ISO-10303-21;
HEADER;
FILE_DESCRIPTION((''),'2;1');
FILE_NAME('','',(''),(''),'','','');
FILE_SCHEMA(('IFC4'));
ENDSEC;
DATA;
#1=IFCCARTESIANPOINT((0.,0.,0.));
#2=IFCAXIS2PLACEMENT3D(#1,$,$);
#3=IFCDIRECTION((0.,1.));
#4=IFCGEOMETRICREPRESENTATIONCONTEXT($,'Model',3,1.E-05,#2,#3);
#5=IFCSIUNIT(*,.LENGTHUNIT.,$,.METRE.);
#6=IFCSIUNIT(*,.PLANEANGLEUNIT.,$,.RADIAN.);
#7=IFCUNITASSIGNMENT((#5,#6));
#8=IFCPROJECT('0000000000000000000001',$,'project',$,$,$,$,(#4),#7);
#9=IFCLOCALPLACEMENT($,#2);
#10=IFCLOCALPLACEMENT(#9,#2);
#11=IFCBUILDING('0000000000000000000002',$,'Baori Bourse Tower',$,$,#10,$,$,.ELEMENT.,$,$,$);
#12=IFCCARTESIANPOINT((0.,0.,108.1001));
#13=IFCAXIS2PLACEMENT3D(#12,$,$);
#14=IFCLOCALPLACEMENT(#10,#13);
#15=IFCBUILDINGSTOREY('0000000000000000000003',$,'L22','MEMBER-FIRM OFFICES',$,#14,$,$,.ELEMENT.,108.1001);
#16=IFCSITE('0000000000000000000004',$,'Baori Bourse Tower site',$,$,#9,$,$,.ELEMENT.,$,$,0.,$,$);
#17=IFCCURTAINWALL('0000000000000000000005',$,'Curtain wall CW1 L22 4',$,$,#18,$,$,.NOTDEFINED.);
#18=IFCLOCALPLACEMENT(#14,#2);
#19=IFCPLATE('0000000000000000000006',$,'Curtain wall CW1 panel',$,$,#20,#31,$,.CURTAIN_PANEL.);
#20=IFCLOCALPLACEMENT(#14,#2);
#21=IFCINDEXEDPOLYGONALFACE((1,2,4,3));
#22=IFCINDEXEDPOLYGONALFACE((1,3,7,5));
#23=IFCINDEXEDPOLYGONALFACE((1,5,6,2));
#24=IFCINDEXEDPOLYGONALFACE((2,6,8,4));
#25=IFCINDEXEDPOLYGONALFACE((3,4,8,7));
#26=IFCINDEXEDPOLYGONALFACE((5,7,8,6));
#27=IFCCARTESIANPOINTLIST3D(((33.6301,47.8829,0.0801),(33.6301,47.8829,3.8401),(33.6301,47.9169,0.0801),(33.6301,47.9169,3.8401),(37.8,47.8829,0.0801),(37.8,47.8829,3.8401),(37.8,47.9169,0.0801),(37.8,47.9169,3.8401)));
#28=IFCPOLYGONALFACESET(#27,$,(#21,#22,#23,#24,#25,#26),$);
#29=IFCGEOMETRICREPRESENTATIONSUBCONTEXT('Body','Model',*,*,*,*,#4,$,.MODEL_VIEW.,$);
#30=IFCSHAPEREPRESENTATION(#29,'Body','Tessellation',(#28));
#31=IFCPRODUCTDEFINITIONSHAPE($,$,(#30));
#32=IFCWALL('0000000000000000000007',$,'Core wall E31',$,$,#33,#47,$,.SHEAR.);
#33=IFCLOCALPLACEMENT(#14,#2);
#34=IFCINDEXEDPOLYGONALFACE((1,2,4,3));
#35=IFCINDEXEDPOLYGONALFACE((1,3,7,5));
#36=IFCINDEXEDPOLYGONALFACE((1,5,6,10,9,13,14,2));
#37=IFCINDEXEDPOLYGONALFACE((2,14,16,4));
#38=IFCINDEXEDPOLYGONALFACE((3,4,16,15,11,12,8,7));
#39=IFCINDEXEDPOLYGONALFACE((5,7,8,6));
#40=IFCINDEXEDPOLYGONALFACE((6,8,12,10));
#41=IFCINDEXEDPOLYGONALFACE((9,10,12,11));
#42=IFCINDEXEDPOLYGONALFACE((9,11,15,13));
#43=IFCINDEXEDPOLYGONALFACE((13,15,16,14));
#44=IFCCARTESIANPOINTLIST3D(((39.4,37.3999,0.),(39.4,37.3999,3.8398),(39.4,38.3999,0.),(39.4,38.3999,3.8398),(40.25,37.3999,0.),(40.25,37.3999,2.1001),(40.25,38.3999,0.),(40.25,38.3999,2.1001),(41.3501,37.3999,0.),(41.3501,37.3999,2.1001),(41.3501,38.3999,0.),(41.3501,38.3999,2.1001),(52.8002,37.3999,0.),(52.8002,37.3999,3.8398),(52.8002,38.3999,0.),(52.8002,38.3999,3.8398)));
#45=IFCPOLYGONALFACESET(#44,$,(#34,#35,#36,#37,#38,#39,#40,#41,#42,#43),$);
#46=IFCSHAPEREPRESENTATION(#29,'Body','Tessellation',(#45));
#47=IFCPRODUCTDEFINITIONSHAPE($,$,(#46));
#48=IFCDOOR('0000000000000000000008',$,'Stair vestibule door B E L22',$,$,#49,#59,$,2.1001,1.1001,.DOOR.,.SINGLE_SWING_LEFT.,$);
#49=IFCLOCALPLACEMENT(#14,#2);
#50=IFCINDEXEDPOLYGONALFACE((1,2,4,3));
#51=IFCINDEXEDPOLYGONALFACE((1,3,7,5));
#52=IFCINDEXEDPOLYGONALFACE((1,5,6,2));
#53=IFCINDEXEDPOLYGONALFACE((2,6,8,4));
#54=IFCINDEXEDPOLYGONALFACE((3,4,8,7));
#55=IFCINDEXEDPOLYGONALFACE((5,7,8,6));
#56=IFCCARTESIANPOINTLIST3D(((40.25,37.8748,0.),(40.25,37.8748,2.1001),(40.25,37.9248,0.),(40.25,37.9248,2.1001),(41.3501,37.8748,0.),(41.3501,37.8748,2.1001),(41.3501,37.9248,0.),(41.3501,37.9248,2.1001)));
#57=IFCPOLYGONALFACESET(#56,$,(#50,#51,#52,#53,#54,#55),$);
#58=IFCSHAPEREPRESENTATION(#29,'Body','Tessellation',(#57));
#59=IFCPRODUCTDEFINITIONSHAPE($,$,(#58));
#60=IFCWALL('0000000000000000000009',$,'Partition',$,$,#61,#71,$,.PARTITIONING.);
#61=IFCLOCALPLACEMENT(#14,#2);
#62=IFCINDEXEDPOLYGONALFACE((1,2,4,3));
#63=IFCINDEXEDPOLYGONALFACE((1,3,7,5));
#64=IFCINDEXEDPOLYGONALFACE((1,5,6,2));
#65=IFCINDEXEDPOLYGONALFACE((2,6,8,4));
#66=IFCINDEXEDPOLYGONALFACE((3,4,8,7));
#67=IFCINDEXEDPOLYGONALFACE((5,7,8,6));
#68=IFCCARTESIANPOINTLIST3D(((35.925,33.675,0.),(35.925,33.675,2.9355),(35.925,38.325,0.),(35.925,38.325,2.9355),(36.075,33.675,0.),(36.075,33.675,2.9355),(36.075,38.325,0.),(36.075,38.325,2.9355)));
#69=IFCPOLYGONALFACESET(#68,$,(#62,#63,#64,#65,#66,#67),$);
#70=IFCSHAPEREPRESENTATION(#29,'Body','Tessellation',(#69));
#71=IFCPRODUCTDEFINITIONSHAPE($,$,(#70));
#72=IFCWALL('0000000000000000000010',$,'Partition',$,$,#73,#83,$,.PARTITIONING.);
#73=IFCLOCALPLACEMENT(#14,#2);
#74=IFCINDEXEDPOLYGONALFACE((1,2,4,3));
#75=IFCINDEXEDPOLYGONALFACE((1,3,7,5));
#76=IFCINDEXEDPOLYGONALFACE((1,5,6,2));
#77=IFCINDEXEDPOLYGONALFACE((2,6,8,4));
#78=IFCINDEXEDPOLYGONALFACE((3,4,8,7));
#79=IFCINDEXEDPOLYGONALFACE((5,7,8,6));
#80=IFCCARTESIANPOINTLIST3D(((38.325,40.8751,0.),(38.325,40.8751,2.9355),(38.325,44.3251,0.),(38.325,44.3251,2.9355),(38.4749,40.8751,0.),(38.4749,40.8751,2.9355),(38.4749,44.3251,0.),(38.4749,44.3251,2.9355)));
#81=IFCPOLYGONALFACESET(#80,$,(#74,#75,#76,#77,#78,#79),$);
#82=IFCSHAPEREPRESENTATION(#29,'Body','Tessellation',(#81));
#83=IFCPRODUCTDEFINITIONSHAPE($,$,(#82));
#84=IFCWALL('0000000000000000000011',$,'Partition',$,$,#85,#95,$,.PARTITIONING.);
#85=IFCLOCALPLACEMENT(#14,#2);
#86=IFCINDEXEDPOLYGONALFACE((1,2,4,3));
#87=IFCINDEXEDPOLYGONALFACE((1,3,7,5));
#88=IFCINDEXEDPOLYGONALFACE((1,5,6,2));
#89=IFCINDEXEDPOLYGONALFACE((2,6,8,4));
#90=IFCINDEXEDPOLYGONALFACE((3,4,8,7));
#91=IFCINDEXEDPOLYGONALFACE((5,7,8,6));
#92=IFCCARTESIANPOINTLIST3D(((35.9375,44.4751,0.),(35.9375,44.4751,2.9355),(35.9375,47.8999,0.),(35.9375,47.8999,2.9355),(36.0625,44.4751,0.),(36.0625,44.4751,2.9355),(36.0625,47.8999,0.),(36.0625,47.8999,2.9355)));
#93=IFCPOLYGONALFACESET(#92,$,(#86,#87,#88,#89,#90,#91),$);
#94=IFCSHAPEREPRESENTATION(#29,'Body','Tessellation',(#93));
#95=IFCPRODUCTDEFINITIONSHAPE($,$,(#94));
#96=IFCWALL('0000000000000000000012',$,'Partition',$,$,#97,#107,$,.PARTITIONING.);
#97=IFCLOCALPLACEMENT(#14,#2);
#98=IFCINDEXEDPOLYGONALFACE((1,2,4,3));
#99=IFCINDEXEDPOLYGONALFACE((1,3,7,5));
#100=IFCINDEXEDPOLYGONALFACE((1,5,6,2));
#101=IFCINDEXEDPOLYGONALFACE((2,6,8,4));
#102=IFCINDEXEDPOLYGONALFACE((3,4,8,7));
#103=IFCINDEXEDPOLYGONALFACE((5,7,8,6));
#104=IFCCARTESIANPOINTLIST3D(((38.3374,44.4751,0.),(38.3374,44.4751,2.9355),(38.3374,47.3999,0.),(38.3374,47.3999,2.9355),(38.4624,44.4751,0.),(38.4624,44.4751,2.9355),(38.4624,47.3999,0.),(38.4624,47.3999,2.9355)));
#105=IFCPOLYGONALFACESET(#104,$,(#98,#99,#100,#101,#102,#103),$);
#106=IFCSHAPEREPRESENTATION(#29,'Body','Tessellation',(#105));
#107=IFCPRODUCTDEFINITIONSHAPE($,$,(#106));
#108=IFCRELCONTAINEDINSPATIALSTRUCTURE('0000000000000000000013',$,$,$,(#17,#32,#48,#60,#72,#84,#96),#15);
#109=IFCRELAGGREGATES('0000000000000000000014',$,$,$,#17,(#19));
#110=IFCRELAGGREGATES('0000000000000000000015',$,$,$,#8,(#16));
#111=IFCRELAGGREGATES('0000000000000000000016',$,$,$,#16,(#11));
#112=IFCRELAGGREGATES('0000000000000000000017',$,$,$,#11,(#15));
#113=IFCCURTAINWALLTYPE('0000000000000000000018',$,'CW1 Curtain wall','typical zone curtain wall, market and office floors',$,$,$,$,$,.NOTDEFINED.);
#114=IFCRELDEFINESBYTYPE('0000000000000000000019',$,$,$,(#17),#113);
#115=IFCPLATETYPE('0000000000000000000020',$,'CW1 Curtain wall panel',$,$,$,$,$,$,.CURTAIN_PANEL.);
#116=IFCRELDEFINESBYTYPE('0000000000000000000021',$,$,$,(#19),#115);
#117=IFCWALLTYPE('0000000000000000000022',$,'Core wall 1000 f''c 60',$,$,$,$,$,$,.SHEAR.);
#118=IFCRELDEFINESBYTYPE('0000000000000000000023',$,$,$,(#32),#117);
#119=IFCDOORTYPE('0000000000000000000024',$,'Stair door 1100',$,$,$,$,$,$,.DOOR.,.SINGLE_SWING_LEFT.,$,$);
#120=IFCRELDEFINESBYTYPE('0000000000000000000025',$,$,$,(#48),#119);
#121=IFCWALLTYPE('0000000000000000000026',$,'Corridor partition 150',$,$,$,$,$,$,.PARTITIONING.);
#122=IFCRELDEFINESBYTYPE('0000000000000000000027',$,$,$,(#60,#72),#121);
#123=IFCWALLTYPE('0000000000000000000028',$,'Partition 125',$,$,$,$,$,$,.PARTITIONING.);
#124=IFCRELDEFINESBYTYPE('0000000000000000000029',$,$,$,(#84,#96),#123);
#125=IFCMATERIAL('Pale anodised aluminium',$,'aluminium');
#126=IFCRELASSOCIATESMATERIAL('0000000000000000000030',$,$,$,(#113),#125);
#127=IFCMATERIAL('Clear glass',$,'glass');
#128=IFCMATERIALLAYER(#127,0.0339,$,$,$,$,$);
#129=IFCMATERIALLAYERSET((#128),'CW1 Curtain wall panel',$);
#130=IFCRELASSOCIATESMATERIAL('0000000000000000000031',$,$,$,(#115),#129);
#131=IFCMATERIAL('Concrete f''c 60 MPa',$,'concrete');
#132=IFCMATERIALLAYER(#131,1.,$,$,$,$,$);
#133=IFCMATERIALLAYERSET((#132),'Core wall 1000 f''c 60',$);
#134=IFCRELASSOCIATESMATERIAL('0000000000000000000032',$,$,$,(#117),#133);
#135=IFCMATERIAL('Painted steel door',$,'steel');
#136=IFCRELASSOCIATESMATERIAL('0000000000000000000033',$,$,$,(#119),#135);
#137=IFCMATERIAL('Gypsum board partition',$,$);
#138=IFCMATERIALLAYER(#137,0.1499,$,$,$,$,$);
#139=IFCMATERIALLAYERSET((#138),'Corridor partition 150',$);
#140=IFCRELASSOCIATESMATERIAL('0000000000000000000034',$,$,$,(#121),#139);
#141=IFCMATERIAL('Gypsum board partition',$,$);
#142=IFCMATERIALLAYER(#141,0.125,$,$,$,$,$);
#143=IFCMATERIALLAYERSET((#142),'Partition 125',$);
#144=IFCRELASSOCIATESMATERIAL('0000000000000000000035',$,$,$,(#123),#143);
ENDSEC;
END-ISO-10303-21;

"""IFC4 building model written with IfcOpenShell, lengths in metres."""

from ifc_helpers import new_model, si_unit, direction, frame, frame_2d, origin, origin_2d, place, context, subcontext, project, spatial, rectangle, extrude, material, layer, layer_set, type_object, element, fill, aggregate, save


model = new_model("IFC4")

# Units and contexts
model_context = context("Model", 3, precision=1e-05, world=origin(), true_north=direction((0.0, 1.0)))
body_context = subcontext(model_context, "Body", "Model", "MODEL_VIEW")
ifc_project = project(units=[si_unit("LENGTHUNIT", "METRE"), si_unit("PLANEANGLEUNIT", "RADIAN")], contexts=[model_context])

# Site, building, storey
site_placement = place(None, origin())
site = spatial("IfcSite", under=ifc_project, at=site_placement, Name="Baori Bourse Tower site", CompositionType="ELEMENT", RefElevation=0.0)
building_placement = place(site_placement, origin())
building = spatial("IfcBuilding", under=site, at=building_placement, Name="Baori Bourse Tower", CompositionType="ELEMENT")
storey_placement = place(building_placement, frame((0.0, 0.0, 108.1001)))
storey = spatial("IfcBuildingStorey", under=building, at=storey_placement, Name="L22", Description="MEMBER-FIRM OFFICES", CompositionType="ELEMENT", Elevation=108.1001)

# Curtain wall
ifc_material_1 = material(Name="Pale anodised aluminium", Category="aluminium")
curtain_wall_type_1 = type_object("IfcCurtainWallType", Name="CW1 Curtain wall", Description="typical zone curtain wall, market and office floors", PredefinedType="NOTDEFINED", material=ifc_material_1)
curtain_wall_1_placement = place(storey_placement, origin())
curtain_wall_1 = element("IfcCurtainWall", 1, at=curtain_wall_1_placement, inside=storey, type_object=curtain_wall_type_1, Name="Curtain wall CW1 L22 4", PredefinedType="NOTDEFINED")

# Plate
ifc_material_2 = material(Name="Clear glass", Category="glass")
ifc_layer_1 = layer(ifc_material_2, 0.0339)
ifc_layer_set_1 = layer_set([ifc_layer_1], Name="CW1 Curtain wall panel")
plate_type = type_object("IfcPlateType", Name="CW1 Curtain wall panel", PredefinedType="CURTAIN_PANEL", material=ifc_layer_set_1)
plate_1_placement = place(storey_placement, frame((35.7151, 47.8999, 0.0801), z_axis=(0.0, 0.0, 1.0), x_axis=(-1.0, 0.0, 0.0)))
plate_1 = element("IfcPlate", 2, at=plate_1_placement, type_object=plate_type, Name="Curtain wall CW1 panel", PredefinedType="CURTAIN_PANEL", context=body_context, shape_type="SweptSolid", body=[
    extrude(rectangle(XDim=4.1699, YDim=0.0339, at=origin_2d()), origin(), (0.0, 0.0, 1.0), 3.76),
])
aggregate(curtain_wall_1, [plate_1])

# Wall, opening, door
ifc_material_3 = material(Name="Concrete f'c 60 MPa", Category="concrete")
ifc_layer_2 = layer(ifc_material_3, 1.0)
ifc_layer_set_2 = layer_set([ifc_layer_2], Name="Core wall 1000 f'c 60")
wall_type_1 = type_object("IfcWallType", Name="Core wall 1000 f'c 60", PredefinedType="SHEAR", material=ifc_layer_set_2)
wall_1_placement = place(storey_placement, frame((39.3999, 37.8999, 0.0), z_axis=(0.0, 0.0, 1.0), x_axis=(1.0, 0.0, 0.0)))
wall_1 = element("IfcWall", 3, at=wall_1_placement, inside=storey, type_object=wall_type_1, Name="Core wall E31", PredefinedType="SHEAR", context=body_context, shape_type="SweptSolid", body=[
    extrude(rectangle(XDim=13.4001, YDim=1.0, at=frame_2d((6.7002, 0.0))), origin(), (0.0, 0.0, 1.0), 3.8398),
])
opening_1_placement = place(wall_1_placement, frame((0.8501, 0.0, 0.0)))
opening_1 = element("IfcOpeningElement", 4, at=opening_1_placement, cuts=wall_1, PredefinedType="OPENING", context=body_context, shape_type="SweptSolid", body=[
    extrude(rectangle(XDim=1.1001, YDim=2.1001, at=frame_2d((0.55, 1.05))), frame((0.0, 0.51, 0.0), z_axis=(0.0, -1.0, 0.0), x_axis=(1.0, 0.0, 0.0)), (0.0, 0.0, 1.0), 1.02),
])
ifc_material_4 = material(Name="Painted steel door", Category="steel")
door_type_1 = type_object("IfcDoorType", Name="Stair door 1100", OperationType="SINGLE_SWING_LEFT", PredefinedType="DOOR", material=ifc_material_4)
door_1_placement = place(opening_1_placement, origin())
door_1 = element("IfcDoor", 5, at=door_1_placement, inside=storey, type_object=door_type_1, Name="Stair vestibule door B E L22", OperationType="SINGLE_SWING_LEFT", OverallHeight=2.1001, OverallWidth=1.1001, PredefinedType="DOOR", context=body_context, shape_type="SweptSolid", body=[
    extrude(rectangle(XDim=1.1001, YDim=2.1001, at=frame_2d((0.55, 1.05))), frame((0.0, 0.0249, 0.0), z_axis=(0.0, -1.0, 0.0), x_axis=(1.0, 0.0, 0.0)), (0.0, 0.0, 1.0), 0.05),
])
fill(opening_1, door_1)

# Walls
ifc_material_5 = material(Name="Gypsum board partition")
ifc_layer_3 = layer(ifc_material_5, 0.1499)
ifc_layer_set_3 = layer_set([ifc_layer_3], Name="Corridor partition 150")
wall_type_2 = type_object("IfcWallType", Name="Corridor partition 150", PredefinedType="PARTITIONING", material=ifc_layer_set_3)
wall_2_placement = place(storey_placement, frame((36.0, 33.675, 0.0), z_axis=(0.0, 0.0, 1.0), x_axis=(0.0, 1.0, 0.0)))
element("IfcWall", 6, at=wall_2_placement, inside=storey, type_object=wall_type_2, Name="Partition", PredefinedType="PARTITIONING", context=body_context, shape_type="SweptSolid", body=[
    extrude(rectangle(XDim=4.6499, YDim=0.1499, at=frame_2d((2.325, 0.0))), origin(), (0.0, 0.0, 1.0), 2.9355),
])
wall_3_placement = place(storey_placement, frame((38.3999, 40.875, 0.0), z_axis=(0.0, 0.0, 1.0), x_axis=(0.0, 1.0, 0.0)))
element("IfcWall", 7, at=wall_3_placement, inside=storey, type_object=wall_type_2, Name="Partition", PredefinedType="PARTITIONING", context=body_context, shape_type="SweptSolid", body=[
    extrude(rectangle(XDim=3.45, YDim=0.1499, at=frame_2d((1.7251, 0.0))), origin(), (0.0, 0.0, 1.0), 2.9355),
])
ifc_material_6 = material(Name="Gypsum board partition")
ifc_layer_4 = layer(ifc_material_6, 0.125)
ifc_layer_set_4 = layer_set([ifc_layer_4], Name="Partition 125")
wall_type_3 = type_object("IfcWallType", Name="Partition 125", PredefinedType="PARTITIONING", material=ifc_layer_set_4)
wall_4_placement = place(storey_placement, frame((36.0, 44.4751, 0.0), z_axis=(0.0, 0.0, 1.0), x_axis=(0.0, 1.0, 0.0)))
element("IfcWall", 8, at=wall_4_placement, inside=storey, type_object=wall_type_3, Name="Partition", PredefinedType="PARTITIONING", context=body_context, shape_type="SweptSolid", body=[
    extrude(rectangle(XDim=3.4248, YDim=0.125, at=frame_2d((1.7124, 0.0))), origin(), (0.0, 0.0, 1.0), 2.9355),
])
wall_5_placement = place(storey_placement, frame((38.3999, 44.4751, 0.0), z_axis=(0.0, 0.0, 1.0), x_axis=(0.0, 1.0, 0.0)))
element("IfcWall", 9, at=wall_5_placement, inside=storey, type_object=wall_type_3, Name="Partition", PredefinedType="PARTITIONING", context=body_context, shape_type="SweptSolid", body=[
    extrude(rectangle(XDim=2.9248, YDim=0.125, at=frame_2d((1.4624, 0.0))), origin(), (0.0, 0.0, 1.0), 2.9355),
])

save(model, "model.ifc")
